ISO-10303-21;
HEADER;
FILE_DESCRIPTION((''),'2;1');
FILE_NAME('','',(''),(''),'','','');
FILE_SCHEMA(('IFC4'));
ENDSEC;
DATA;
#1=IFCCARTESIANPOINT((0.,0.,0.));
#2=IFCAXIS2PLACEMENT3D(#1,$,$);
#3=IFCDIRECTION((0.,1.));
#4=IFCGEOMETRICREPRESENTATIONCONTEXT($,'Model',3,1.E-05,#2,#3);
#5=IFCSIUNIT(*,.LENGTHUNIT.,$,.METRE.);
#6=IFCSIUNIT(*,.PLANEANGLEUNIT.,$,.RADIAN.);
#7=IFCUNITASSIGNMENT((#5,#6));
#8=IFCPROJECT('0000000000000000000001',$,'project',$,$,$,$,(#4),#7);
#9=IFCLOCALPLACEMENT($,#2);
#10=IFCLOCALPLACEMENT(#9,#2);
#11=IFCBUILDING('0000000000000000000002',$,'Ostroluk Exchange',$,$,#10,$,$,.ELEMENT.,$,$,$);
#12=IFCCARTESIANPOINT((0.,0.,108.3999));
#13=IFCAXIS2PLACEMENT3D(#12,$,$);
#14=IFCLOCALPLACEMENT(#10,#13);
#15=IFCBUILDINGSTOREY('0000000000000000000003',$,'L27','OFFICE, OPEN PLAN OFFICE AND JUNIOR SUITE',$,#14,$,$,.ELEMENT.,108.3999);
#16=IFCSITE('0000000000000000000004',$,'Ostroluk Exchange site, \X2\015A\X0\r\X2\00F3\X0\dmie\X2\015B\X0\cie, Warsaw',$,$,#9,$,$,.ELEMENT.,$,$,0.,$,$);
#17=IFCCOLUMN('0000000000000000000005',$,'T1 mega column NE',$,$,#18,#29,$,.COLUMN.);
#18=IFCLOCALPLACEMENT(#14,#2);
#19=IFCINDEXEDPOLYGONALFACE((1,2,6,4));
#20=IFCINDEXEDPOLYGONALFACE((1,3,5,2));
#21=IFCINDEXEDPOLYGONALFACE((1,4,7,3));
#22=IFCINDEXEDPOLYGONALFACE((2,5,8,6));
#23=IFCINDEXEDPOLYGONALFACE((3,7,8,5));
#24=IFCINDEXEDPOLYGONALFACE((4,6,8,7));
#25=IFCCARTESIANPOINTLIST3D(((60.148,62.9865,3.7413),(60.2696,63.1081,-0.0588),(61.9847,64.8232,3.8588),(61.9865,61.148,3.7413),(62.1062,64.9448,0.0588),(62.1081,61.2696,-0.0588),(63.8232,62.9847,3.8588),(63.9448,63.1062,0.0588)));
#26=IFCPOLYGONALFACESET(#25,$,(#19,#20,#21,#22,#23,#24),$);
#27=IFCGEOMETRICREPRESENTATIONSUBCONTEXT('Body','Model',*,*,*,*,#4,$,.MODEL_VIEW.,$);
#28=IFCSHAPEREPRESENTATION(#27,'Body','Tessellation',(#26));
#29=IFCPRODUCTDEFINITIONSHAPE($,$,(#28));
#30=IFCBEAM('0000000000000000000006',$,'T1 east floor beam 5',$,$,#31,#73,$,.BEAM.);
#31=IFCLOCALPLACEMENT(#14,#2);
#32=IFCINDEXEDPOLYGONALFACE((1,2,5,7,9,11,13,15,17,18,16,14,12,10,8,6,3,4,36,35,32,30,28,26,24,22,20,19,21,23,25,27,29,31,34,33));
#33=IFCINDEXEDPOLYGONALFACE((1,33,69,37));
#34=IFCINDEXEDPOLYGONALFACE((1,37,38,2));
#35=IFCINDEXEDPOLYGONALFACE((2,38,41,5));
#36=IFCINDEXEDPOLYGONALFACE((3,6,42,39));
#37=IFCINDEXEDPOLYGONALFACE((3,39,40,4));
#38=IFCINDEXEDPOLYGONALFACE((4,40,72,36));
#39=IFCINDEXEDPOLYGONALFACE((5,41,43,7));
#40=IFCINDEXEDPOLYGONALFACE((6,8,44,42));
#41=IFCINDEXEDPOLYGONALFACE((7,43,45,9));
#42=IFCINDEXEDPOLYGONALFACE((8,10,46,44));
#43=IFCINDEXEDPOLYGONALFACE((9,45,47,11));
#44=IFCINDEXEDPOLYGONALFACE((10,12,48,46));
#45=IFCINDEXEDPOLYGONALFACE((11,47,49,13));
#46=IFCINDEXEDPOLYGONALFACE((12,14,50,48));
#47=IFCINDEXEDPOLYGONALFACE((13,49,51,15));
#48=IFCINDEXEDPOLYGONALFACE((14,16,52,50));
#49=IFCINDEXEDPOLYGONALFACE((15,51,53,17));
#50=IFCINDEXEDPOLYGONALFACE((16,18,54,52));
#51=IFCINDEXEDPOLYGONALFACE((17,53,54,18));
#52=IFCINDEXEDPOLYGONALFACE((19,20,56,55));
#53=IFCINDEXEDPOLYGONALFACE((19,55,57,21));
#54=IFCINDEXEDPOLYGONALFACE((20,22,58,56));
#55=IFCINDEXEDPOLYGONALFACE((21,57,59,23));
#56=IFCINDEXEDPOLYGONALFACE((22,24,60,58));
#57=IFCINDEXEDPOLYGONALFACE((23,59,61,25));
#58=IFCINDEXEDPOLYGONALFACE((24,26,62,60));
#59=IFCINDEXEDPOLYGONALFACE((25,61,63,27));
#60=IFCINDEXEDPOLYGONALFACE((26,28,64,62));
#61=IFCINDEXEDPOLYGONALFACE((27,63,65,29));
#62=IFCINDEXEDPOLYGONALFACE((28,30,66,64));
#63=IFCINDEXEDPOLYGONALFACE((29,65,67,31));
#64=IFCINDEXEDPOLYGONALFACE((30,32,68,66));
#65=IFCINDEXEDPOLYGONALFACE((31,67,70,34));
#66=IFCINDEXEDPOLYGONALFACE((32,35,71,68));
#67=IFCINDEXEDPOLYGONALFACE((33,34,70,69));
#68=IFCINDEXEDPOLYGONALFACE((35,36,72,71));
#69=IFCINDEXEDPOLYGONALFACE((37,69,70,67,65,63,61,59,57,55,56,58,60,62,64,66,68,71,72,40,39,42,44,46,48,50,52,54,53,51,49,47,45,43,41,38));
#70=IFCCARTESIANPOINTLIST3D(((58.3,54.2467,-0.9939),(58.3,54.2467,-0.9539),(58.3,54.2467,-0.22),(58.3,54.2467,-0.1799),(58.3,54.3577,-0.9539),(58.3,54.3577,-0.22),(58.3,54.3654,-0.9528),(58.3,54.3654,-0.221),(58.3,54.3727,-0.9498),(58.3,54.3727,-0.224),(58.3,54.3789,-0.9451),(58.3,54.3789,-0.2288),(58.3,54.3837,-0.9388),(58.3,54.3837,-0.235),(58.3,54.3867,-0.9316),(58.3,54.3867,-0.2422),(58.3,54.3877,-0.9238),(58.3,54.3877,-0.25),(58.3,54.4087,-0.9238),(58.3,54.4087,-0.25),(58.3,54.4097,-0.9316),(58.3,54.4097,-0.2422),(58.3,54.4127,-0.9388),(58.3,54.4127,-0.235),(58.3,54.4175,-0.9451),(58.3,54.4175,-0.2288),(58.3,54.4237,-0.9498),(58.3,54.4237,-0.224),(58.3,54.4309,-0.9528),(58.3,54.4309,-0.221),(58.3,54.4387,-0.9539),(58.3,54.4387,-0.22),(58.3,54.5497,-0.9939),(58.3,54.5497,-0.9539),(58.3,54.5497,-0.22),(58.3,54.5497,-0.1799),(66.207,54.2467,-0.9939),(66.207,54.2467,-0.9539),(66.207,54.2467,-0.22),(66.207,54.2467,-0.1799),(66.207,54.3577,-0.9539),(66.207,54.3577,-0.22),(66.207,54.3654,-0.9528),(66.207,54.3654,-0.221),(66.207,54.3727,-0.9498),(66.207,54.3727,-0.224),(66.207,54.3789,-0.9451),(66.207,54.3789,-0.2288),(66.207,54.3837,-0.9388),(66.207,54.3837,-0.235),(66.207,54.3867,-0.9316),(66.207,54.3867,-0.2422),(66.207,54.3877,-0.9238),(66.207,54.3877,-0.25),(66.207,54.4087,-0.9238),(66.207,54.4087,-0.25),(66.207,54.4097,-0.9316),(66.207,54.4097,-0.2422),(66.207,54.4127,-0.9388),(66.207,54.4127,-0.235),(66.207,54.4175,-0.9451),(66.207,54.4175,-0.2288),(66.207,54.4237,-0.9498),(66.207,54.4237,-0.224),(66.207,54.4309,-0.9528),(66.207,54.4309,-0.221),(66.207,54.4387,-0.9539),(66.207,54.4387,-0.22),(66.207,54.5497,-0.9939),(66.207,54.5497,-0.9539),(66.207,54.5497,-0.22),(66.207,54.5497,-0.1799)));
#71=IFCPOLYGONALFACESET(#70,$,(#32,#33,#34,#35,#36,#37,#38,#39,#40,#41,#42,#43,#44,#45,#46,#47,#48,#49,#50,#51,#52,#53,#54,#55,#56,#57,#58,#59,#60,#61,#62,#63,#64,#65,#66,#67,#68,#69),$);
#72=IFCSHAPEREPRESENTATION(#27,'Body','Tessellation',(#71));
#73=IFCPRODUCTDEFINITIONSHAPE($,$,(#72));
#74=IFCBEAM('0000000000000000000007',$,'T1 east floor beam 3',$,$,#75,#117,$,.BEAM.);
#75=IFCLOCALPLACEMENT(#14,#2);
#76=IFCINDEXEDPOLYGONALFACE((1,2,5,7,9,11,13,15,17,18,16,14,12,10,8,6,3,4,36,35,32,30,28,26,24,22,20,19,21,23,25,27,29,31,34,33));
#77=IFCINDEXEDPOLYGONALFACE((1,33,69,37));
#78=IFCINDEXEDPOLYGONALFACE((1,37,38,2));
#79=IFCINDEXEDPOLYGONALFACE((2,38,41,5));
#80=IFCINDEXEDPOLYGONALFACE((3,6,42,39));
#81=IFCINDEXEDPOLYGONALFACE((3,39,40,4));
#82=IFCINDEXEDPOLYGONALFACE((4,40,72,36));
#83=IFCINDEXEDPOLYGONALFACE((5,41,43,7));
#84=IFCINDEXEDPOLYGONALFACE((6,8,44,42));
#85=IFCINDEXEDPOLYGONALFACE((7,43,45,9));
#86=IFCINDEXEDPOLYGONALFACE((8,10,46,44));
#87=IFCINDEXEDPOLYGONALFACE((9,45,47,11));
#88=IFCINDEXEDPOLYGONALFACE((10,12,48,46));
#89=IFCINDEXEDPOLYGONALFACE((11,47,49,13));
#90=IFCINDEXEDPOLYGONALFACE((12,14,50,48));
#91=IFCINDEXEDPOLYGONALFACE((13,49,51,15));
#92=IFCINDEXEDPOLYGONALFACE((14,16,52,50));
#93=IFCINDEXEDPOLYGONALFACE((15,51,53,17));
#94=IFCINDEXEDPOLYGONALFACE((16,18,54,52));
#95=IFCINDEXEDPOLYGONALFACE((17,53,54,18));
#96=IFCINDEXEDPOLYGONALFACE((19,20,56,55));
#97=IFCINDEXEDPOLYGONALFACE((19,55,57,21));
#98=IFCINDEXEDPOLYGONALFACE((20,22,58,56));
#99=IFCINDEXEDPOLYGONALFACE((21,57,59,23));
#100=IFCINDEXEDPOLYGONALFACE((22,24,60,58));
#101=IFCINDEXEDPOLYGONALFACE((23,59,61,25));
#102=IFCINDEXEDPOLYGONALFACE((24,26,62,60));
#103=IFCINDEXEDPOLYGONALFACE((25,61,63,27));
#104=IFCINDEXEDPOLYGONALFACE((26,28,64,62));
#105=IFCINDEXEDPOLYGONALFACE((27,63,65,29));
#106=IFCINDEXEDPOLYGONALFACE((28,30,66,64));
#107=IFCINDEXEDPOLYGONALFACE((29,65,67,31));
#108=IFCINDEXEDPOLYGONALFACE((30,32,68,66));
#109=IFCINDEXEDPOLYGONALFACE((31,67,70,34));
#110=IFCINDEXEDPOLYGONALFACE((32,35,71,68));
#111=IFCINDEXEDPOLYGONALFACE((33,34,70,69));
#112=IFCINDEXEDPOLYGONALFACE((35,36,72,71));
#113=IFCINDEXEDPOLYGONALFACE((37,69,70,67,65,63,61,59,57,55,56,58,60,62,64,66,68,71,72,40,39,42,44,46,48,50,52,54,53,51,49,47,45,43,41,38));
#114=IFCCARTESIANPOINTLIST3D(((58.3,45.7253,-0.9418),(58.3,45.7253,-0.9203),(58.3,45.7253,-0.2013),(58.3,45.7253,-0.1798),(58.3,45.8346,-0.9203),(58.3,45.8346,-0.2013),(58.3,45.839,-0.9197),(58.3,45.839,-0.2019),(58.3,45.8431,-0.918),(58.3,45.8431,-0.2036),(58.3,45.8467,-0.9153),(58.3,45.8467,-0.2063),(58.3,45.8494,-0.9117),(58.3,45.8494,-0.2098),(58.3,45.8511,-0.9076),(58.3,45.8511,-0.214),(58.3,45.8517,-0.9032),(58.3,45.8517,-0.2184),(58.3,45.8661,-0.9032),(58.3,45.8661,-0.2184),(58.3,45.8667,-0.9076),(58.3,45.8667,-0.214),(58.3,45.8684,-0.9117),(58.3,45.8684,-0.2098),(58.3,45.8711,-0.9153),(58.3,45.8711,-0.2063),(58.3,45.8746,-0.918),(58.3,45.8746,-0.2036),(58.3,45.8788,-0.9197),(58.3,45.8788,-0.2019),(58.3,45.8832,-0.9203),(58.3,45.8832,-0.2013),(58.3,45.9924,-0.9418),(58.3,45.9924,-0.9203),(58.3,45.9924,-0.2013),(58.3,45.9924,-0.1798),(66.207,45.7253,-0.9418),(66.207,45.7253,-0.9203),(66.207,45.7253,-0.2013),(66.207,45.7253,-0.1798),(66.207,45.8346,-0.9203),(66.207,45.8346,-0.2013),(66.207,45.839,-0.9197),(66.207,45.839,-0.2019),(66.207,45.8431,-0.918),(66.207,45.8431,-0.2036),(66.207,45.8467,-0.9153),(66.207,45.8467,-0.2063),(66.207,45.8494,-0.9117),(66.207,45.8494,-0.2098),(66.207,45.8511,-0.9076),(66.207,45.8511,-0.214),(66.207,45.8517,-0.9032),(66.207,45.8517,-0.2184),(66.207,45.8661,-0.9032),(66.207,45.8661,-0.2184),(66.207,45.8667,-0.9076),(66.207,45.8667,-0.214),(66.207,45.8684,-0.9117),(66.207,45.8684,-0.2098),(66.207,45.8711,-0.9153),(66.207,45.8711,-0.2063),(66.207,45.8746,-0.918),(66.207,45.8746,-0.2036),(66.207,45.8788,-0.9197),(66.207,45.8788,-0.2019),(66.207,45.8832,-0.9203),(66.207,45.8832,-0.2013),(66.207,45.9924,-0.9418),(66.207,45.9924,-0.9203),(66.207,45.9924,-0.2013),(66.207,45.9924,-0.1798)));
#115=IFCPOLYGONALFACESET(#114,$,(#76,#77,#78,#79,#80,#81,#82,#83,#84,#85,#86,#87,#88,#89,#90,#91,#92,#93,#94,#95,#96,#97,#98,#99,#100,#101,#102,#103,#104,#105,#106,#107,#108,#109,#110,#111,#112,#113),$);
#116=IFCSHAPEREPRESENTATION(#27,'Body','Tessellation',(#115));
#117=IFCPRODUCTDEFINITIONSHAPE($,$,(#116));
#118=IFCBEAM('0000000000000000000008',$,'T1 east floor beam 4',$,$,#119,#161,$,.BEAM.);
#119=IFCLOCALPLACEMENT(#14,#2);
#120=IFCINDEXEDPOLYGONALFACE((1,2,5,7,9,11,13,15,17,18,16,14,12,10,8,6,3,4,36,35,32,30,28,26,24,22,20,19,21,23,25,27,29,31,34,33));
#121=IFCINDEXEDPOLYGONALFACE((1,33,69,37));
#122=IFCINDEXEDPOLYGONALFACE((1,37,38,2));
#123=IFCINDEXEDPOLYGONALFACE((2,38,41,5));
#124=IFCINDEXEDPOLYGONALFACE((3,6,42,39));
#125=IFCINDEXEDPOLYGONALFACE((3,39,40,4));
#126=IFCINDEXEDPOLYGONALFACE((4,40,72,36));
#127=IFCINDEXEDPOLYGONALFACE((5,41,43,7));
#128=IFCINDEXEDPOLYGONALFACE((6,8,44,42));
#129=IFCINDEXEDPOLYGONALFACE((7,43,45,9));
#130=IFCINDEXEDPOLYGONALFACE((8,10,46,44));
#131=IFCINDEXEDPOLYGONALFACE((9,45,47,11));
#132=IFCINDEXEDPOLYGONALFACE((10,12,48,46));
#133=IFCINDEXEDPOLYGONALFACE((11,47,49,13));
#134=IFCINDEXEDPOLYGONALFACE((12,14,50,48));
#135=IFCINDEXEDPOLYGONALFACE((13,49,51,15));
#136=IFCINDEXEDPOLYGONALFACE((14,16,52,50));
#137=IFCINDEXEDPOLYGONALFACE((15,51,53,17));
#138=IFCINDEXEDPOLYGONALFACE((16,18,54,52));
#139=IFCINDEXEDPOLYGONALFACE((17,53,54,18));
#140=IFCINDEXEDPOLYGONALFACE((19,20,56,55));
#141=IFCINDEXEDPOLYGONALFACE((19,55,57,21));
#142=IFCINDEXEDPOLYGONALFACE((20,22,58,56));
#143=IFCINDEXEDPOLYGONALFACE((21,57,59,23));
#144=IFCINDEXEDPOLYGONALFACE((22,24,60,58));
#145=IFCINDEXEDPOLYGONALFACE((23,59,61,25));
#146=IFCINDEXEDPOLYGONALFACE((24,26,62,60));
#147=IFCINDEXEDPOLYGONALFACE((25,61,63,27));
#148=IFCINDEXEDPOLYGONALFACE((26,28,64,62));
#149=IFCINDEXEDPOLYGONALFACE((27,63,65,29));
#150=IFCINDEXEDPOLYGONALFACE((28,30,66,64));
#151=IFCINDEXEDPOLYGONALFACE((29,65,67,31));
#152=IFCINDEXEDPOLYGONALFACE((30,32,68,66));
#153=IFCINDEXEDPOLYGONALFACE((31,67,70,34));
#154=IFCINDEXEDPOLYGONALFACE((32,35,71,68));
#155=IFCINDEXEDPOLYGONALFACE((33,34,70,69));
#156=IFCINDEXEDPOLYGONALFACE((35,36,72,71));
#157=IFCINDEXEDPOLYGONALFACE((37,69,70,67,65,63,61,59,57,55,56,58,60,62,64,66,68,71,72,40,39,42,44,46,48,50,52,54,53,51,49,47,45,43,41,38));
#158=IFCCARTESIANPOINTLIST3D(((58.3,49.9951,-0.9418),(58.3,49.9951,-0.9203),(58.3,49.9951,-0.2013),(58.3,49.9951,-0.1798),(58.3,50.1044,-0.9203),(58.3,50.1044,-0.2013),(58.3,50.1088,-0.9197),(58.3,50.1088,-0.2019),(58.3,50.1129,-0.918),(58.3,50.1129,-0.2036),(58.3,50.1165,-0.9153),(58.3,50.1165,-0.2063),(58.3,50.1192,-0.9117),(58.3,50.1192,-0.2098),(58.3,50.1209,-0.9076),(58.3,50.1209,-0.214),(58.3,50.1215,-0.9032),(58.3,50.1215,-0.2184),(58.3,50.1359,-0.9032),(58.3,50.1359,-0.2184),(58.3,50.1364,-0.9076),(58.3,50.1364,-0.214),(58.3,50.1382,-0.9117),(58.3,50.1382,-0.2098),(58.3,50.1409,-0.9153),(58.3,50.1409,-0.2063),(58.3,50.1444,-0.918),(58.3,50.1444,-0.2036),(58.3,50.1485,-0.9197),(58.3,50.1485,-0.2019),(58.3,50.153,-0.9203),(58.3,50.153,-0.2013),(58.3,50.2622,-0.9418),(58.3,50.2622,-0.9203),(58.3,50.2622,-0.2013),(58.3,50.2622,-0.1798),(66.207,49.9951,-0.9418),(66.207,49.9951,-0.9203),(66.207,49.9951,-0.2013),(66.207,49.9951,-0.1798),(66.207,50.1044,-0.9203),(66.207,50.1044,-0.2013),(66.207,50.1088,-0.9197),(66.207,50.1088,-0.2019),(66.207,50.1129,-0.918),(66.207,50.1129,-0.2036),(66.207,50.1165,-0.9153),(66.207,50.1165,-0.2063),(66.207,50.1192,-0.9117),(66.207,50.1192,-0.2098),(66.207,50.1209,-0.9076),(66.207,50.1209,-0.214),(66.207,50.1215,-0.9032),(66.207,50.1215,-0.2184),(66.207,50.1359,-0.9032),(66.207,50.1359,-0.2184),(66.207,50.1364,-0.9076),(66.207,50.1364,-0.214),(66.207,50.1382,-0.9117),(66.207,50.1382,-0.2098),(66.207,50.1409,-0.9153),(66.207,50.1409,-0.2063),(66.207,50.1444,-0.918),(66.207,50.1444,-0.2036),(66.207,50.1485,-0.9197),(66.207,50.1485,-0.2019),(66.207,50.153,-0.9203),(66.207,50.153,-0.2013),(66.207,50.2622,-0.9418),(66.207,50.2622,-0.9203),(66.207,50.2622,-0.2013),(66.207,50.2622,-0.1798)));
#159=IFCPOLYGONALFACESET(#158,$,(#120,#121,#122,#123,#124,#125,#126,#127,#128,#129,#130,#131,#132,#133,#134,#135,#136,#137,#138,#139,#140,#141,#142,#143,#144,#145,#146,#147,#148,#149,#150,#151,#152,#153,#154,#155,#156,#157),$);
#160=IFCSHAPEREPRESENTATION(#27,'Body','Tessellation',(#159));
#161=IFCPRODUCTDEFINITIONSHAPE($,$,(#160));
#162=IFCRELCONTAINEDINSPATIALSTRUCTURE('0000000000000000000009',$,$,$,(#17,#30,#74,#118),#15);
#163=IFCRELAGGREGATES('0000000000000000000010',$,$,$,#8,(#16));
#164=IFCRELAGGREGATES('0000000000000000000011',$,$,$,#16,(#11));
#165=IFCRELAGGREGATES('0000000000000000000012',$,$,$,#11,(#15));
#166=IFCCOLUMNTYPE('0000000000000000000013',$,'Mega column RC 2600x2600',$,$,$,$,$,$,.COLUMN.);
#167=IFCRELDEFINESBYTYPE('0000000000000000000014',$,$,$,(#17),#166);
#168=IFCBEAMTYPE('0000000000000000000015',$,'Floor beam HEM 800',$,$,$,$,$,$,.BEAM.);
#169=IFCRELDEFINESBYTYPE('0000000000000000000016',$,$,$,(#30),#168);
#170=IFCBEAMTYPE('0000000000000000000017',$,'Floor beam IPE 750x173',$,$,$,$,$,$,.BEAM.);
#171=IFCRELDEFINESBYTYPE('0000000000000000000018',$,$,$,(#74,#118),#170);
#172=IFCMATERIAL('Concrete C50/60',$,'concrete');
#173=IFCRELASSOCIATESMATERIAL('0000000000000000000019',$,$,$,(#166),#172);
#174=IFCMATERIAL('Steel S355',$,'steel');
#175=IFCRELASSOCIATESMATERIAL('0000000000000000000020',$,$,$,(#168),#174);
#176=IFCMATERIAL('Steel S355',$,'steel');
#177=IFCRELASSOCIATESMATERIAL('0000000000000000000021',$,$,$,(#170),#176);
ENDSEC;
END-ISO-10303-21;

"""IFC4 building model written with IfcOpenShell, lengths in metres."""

from ifc_helpers import new_model, si_unit, direction, frame, origin, origin_2d, place, context, subcontext, project, spatial, rectangle, i_section, extrude, material, material_profile, profile_set, type_object, element, save


model = new_model("IFC4")

# Units and contexts
model_context = context("Model", 3, precision=1e-05, world=origin(), true_north=direction((0.0, 1.0)))
body_context = subcontext(model_context, "Body", "Model", "MODEL_VIEW")
ifc_project = project(units=[si_unit("LENGTHUNIT", "METRE"), si_unit("PLANEANGLEUNIT", "RADIAN")], contexts=[model_context])

# Site, building, storey
site_placement = place(None, origin())
site = spatial("IfcSite", under=ifc_project, at=site_placement, Name="Ostroluk Exchange site, Śródmieście, Warsaw", CompositionType="ELEMENT", RefElevation=0.0)
building_placement = place(site_placement, origin())
building = spatial("IfcBuilding", under=site, at=building_placement, Name="Ostroluk Exchange", CompositionType="ELEMENT")
storey_placement = place(building_placement, frame((0.0, 0.0, 108.3999)))
storey = spatial("IfcBuildingStorey", under=building, at=storey_placement, Name="L27", Description="OFFICE, OPEN PLAN OFFICE AND JUNIOR SUITE", CompositionType="ELEMENT", Elevation=108.3999)

# Column
ifc_material_1 = material(Name="Concrete C50/60", Category="concrete")
ifc_material_profile_1 = material_profile(ifc_material_1, rectangle(XDim=2.6001, YDim=2.6001, at=origin_2d()), Name="RC 2600x2600")
ifc_profile_set_1 = profile_set([ifc_material_profile_1], Name="Concrete C50/60")
column_type = type_object("IfcColumnType", Name="Mega column RC 2600x2600", PredefinedType="COLUMN", material=ifc_profile_set_1)
column_placement = place(storey_placement, frame((62.1072, 63.1072, 0.0), z_axis=(-0.031962, -0.031962, 0.998978), x_axis=(0.707107, -0.707107, 0.0)))
element("IfcColumn", 1, at=column_placement, inside=storey, type_object=column_type, Name="T1 mega column NE", PredefinedType="COLUMN", context=body_context, shape_type="SweptSolid", body=[
    extrude(rectangle(XDim=2.6001, YDim=2.6001, at=origin_2d()), origin(), (0.0, 0.0, 1.0), 3.804),
])

# Beams
ifc_material_2 = material(Name="Steel S355", Category="steel")
ifc_material_profile_2 = material_profile(ifc_material_2, i_section(OverallWidth=0.303, OverallDepth=0.814, WebThickness=0.021, FlangeThickness=0.04, FilletRadius=0.03, at=origin_2d()), Name="HEM 800")
ifc_profile_set_2 = profile_set([ifc_material_profile_2], Name="Steel S355")
beam_type_1 = type_object("IfcBeamType", Name="Floor beam HEM 800", PredefinedType="BEAM", material=ifc_profile_set_2)
beam_1_placement = place(storey_placement, frame((58.3, 54.3982, -0.5869), z_axis=(1.0, 0.0, 0.0), x_axis=(0.0, 1.0, 0.0)))
element("IfcBeam", 2, at=beam_1_placement, inside=storey, type_object=beam_type_1, Name="T1 east floor beam 5", PredefinedType="BEAM", context=body_context, shape_type="SweptSolid", body=[
    extrude(i_section(OverallWidth=0.303, OverallDepth=0.814, WebThickness=0.021, FlangeThickness=0.04, FilletRadius=0.03, at=origin_2d()), origin(), (0.0, 0.0, 1.0), 7.907),
])
ifc_material_3 = material(Name="Steel S355", Category="steel")
ifc_material_profile_3 = material_profile(ifc_material_3, i_section(OverallWidth=0.2671, OverallDepth=0.762, WebThickness=0.0144, FlangeThickness=0.0215, FilletRadius=0.0171, at=origin_2d()), Name="IPE 750x173")
ifc_profile_set_3 = profile_set([ifc_material_profile_3], Name="Steel S355")
beam_type_2 = type_object("IfcBeamType", Name="Floor beam IPE 750x173", PredefinedType="BEAM", material=ifc_profile_set_3)
for number, where, z_axis, x_axis, name in (
    (3, (58.3, 45.8589, -0.5608), (1.0, 0.0, 0.0), (0.0, 1.0, 0.0), "T1 east floor beam 3"),
    (4, (58.3, 50.1287, -0.5608), (1.0, 0.0, 0.0), (0.0, 1.0, 0.0), "T1 east floor beam 4"),
):
    element("IfcBeam", number, at=place(storey_placement, frame(where, z_axis=z_axis, x_axis=x_axis)), inside=storey, type_object=beam_type_2, Name=name, PredefinedType="BEAM", context=body_context, shape_type="SweptSolid", body=[
        extrude(i_section(OverallWidth=0.2671, OverallDepth=0.762, WebThickness=0.0144, FlangeThickness=0.0215, FilletRadius=0.0171, at=origin_2d()), origin(), (0.0, 0.0, 1.0), 7.907),
    ])

save(model, "model.ifc")
